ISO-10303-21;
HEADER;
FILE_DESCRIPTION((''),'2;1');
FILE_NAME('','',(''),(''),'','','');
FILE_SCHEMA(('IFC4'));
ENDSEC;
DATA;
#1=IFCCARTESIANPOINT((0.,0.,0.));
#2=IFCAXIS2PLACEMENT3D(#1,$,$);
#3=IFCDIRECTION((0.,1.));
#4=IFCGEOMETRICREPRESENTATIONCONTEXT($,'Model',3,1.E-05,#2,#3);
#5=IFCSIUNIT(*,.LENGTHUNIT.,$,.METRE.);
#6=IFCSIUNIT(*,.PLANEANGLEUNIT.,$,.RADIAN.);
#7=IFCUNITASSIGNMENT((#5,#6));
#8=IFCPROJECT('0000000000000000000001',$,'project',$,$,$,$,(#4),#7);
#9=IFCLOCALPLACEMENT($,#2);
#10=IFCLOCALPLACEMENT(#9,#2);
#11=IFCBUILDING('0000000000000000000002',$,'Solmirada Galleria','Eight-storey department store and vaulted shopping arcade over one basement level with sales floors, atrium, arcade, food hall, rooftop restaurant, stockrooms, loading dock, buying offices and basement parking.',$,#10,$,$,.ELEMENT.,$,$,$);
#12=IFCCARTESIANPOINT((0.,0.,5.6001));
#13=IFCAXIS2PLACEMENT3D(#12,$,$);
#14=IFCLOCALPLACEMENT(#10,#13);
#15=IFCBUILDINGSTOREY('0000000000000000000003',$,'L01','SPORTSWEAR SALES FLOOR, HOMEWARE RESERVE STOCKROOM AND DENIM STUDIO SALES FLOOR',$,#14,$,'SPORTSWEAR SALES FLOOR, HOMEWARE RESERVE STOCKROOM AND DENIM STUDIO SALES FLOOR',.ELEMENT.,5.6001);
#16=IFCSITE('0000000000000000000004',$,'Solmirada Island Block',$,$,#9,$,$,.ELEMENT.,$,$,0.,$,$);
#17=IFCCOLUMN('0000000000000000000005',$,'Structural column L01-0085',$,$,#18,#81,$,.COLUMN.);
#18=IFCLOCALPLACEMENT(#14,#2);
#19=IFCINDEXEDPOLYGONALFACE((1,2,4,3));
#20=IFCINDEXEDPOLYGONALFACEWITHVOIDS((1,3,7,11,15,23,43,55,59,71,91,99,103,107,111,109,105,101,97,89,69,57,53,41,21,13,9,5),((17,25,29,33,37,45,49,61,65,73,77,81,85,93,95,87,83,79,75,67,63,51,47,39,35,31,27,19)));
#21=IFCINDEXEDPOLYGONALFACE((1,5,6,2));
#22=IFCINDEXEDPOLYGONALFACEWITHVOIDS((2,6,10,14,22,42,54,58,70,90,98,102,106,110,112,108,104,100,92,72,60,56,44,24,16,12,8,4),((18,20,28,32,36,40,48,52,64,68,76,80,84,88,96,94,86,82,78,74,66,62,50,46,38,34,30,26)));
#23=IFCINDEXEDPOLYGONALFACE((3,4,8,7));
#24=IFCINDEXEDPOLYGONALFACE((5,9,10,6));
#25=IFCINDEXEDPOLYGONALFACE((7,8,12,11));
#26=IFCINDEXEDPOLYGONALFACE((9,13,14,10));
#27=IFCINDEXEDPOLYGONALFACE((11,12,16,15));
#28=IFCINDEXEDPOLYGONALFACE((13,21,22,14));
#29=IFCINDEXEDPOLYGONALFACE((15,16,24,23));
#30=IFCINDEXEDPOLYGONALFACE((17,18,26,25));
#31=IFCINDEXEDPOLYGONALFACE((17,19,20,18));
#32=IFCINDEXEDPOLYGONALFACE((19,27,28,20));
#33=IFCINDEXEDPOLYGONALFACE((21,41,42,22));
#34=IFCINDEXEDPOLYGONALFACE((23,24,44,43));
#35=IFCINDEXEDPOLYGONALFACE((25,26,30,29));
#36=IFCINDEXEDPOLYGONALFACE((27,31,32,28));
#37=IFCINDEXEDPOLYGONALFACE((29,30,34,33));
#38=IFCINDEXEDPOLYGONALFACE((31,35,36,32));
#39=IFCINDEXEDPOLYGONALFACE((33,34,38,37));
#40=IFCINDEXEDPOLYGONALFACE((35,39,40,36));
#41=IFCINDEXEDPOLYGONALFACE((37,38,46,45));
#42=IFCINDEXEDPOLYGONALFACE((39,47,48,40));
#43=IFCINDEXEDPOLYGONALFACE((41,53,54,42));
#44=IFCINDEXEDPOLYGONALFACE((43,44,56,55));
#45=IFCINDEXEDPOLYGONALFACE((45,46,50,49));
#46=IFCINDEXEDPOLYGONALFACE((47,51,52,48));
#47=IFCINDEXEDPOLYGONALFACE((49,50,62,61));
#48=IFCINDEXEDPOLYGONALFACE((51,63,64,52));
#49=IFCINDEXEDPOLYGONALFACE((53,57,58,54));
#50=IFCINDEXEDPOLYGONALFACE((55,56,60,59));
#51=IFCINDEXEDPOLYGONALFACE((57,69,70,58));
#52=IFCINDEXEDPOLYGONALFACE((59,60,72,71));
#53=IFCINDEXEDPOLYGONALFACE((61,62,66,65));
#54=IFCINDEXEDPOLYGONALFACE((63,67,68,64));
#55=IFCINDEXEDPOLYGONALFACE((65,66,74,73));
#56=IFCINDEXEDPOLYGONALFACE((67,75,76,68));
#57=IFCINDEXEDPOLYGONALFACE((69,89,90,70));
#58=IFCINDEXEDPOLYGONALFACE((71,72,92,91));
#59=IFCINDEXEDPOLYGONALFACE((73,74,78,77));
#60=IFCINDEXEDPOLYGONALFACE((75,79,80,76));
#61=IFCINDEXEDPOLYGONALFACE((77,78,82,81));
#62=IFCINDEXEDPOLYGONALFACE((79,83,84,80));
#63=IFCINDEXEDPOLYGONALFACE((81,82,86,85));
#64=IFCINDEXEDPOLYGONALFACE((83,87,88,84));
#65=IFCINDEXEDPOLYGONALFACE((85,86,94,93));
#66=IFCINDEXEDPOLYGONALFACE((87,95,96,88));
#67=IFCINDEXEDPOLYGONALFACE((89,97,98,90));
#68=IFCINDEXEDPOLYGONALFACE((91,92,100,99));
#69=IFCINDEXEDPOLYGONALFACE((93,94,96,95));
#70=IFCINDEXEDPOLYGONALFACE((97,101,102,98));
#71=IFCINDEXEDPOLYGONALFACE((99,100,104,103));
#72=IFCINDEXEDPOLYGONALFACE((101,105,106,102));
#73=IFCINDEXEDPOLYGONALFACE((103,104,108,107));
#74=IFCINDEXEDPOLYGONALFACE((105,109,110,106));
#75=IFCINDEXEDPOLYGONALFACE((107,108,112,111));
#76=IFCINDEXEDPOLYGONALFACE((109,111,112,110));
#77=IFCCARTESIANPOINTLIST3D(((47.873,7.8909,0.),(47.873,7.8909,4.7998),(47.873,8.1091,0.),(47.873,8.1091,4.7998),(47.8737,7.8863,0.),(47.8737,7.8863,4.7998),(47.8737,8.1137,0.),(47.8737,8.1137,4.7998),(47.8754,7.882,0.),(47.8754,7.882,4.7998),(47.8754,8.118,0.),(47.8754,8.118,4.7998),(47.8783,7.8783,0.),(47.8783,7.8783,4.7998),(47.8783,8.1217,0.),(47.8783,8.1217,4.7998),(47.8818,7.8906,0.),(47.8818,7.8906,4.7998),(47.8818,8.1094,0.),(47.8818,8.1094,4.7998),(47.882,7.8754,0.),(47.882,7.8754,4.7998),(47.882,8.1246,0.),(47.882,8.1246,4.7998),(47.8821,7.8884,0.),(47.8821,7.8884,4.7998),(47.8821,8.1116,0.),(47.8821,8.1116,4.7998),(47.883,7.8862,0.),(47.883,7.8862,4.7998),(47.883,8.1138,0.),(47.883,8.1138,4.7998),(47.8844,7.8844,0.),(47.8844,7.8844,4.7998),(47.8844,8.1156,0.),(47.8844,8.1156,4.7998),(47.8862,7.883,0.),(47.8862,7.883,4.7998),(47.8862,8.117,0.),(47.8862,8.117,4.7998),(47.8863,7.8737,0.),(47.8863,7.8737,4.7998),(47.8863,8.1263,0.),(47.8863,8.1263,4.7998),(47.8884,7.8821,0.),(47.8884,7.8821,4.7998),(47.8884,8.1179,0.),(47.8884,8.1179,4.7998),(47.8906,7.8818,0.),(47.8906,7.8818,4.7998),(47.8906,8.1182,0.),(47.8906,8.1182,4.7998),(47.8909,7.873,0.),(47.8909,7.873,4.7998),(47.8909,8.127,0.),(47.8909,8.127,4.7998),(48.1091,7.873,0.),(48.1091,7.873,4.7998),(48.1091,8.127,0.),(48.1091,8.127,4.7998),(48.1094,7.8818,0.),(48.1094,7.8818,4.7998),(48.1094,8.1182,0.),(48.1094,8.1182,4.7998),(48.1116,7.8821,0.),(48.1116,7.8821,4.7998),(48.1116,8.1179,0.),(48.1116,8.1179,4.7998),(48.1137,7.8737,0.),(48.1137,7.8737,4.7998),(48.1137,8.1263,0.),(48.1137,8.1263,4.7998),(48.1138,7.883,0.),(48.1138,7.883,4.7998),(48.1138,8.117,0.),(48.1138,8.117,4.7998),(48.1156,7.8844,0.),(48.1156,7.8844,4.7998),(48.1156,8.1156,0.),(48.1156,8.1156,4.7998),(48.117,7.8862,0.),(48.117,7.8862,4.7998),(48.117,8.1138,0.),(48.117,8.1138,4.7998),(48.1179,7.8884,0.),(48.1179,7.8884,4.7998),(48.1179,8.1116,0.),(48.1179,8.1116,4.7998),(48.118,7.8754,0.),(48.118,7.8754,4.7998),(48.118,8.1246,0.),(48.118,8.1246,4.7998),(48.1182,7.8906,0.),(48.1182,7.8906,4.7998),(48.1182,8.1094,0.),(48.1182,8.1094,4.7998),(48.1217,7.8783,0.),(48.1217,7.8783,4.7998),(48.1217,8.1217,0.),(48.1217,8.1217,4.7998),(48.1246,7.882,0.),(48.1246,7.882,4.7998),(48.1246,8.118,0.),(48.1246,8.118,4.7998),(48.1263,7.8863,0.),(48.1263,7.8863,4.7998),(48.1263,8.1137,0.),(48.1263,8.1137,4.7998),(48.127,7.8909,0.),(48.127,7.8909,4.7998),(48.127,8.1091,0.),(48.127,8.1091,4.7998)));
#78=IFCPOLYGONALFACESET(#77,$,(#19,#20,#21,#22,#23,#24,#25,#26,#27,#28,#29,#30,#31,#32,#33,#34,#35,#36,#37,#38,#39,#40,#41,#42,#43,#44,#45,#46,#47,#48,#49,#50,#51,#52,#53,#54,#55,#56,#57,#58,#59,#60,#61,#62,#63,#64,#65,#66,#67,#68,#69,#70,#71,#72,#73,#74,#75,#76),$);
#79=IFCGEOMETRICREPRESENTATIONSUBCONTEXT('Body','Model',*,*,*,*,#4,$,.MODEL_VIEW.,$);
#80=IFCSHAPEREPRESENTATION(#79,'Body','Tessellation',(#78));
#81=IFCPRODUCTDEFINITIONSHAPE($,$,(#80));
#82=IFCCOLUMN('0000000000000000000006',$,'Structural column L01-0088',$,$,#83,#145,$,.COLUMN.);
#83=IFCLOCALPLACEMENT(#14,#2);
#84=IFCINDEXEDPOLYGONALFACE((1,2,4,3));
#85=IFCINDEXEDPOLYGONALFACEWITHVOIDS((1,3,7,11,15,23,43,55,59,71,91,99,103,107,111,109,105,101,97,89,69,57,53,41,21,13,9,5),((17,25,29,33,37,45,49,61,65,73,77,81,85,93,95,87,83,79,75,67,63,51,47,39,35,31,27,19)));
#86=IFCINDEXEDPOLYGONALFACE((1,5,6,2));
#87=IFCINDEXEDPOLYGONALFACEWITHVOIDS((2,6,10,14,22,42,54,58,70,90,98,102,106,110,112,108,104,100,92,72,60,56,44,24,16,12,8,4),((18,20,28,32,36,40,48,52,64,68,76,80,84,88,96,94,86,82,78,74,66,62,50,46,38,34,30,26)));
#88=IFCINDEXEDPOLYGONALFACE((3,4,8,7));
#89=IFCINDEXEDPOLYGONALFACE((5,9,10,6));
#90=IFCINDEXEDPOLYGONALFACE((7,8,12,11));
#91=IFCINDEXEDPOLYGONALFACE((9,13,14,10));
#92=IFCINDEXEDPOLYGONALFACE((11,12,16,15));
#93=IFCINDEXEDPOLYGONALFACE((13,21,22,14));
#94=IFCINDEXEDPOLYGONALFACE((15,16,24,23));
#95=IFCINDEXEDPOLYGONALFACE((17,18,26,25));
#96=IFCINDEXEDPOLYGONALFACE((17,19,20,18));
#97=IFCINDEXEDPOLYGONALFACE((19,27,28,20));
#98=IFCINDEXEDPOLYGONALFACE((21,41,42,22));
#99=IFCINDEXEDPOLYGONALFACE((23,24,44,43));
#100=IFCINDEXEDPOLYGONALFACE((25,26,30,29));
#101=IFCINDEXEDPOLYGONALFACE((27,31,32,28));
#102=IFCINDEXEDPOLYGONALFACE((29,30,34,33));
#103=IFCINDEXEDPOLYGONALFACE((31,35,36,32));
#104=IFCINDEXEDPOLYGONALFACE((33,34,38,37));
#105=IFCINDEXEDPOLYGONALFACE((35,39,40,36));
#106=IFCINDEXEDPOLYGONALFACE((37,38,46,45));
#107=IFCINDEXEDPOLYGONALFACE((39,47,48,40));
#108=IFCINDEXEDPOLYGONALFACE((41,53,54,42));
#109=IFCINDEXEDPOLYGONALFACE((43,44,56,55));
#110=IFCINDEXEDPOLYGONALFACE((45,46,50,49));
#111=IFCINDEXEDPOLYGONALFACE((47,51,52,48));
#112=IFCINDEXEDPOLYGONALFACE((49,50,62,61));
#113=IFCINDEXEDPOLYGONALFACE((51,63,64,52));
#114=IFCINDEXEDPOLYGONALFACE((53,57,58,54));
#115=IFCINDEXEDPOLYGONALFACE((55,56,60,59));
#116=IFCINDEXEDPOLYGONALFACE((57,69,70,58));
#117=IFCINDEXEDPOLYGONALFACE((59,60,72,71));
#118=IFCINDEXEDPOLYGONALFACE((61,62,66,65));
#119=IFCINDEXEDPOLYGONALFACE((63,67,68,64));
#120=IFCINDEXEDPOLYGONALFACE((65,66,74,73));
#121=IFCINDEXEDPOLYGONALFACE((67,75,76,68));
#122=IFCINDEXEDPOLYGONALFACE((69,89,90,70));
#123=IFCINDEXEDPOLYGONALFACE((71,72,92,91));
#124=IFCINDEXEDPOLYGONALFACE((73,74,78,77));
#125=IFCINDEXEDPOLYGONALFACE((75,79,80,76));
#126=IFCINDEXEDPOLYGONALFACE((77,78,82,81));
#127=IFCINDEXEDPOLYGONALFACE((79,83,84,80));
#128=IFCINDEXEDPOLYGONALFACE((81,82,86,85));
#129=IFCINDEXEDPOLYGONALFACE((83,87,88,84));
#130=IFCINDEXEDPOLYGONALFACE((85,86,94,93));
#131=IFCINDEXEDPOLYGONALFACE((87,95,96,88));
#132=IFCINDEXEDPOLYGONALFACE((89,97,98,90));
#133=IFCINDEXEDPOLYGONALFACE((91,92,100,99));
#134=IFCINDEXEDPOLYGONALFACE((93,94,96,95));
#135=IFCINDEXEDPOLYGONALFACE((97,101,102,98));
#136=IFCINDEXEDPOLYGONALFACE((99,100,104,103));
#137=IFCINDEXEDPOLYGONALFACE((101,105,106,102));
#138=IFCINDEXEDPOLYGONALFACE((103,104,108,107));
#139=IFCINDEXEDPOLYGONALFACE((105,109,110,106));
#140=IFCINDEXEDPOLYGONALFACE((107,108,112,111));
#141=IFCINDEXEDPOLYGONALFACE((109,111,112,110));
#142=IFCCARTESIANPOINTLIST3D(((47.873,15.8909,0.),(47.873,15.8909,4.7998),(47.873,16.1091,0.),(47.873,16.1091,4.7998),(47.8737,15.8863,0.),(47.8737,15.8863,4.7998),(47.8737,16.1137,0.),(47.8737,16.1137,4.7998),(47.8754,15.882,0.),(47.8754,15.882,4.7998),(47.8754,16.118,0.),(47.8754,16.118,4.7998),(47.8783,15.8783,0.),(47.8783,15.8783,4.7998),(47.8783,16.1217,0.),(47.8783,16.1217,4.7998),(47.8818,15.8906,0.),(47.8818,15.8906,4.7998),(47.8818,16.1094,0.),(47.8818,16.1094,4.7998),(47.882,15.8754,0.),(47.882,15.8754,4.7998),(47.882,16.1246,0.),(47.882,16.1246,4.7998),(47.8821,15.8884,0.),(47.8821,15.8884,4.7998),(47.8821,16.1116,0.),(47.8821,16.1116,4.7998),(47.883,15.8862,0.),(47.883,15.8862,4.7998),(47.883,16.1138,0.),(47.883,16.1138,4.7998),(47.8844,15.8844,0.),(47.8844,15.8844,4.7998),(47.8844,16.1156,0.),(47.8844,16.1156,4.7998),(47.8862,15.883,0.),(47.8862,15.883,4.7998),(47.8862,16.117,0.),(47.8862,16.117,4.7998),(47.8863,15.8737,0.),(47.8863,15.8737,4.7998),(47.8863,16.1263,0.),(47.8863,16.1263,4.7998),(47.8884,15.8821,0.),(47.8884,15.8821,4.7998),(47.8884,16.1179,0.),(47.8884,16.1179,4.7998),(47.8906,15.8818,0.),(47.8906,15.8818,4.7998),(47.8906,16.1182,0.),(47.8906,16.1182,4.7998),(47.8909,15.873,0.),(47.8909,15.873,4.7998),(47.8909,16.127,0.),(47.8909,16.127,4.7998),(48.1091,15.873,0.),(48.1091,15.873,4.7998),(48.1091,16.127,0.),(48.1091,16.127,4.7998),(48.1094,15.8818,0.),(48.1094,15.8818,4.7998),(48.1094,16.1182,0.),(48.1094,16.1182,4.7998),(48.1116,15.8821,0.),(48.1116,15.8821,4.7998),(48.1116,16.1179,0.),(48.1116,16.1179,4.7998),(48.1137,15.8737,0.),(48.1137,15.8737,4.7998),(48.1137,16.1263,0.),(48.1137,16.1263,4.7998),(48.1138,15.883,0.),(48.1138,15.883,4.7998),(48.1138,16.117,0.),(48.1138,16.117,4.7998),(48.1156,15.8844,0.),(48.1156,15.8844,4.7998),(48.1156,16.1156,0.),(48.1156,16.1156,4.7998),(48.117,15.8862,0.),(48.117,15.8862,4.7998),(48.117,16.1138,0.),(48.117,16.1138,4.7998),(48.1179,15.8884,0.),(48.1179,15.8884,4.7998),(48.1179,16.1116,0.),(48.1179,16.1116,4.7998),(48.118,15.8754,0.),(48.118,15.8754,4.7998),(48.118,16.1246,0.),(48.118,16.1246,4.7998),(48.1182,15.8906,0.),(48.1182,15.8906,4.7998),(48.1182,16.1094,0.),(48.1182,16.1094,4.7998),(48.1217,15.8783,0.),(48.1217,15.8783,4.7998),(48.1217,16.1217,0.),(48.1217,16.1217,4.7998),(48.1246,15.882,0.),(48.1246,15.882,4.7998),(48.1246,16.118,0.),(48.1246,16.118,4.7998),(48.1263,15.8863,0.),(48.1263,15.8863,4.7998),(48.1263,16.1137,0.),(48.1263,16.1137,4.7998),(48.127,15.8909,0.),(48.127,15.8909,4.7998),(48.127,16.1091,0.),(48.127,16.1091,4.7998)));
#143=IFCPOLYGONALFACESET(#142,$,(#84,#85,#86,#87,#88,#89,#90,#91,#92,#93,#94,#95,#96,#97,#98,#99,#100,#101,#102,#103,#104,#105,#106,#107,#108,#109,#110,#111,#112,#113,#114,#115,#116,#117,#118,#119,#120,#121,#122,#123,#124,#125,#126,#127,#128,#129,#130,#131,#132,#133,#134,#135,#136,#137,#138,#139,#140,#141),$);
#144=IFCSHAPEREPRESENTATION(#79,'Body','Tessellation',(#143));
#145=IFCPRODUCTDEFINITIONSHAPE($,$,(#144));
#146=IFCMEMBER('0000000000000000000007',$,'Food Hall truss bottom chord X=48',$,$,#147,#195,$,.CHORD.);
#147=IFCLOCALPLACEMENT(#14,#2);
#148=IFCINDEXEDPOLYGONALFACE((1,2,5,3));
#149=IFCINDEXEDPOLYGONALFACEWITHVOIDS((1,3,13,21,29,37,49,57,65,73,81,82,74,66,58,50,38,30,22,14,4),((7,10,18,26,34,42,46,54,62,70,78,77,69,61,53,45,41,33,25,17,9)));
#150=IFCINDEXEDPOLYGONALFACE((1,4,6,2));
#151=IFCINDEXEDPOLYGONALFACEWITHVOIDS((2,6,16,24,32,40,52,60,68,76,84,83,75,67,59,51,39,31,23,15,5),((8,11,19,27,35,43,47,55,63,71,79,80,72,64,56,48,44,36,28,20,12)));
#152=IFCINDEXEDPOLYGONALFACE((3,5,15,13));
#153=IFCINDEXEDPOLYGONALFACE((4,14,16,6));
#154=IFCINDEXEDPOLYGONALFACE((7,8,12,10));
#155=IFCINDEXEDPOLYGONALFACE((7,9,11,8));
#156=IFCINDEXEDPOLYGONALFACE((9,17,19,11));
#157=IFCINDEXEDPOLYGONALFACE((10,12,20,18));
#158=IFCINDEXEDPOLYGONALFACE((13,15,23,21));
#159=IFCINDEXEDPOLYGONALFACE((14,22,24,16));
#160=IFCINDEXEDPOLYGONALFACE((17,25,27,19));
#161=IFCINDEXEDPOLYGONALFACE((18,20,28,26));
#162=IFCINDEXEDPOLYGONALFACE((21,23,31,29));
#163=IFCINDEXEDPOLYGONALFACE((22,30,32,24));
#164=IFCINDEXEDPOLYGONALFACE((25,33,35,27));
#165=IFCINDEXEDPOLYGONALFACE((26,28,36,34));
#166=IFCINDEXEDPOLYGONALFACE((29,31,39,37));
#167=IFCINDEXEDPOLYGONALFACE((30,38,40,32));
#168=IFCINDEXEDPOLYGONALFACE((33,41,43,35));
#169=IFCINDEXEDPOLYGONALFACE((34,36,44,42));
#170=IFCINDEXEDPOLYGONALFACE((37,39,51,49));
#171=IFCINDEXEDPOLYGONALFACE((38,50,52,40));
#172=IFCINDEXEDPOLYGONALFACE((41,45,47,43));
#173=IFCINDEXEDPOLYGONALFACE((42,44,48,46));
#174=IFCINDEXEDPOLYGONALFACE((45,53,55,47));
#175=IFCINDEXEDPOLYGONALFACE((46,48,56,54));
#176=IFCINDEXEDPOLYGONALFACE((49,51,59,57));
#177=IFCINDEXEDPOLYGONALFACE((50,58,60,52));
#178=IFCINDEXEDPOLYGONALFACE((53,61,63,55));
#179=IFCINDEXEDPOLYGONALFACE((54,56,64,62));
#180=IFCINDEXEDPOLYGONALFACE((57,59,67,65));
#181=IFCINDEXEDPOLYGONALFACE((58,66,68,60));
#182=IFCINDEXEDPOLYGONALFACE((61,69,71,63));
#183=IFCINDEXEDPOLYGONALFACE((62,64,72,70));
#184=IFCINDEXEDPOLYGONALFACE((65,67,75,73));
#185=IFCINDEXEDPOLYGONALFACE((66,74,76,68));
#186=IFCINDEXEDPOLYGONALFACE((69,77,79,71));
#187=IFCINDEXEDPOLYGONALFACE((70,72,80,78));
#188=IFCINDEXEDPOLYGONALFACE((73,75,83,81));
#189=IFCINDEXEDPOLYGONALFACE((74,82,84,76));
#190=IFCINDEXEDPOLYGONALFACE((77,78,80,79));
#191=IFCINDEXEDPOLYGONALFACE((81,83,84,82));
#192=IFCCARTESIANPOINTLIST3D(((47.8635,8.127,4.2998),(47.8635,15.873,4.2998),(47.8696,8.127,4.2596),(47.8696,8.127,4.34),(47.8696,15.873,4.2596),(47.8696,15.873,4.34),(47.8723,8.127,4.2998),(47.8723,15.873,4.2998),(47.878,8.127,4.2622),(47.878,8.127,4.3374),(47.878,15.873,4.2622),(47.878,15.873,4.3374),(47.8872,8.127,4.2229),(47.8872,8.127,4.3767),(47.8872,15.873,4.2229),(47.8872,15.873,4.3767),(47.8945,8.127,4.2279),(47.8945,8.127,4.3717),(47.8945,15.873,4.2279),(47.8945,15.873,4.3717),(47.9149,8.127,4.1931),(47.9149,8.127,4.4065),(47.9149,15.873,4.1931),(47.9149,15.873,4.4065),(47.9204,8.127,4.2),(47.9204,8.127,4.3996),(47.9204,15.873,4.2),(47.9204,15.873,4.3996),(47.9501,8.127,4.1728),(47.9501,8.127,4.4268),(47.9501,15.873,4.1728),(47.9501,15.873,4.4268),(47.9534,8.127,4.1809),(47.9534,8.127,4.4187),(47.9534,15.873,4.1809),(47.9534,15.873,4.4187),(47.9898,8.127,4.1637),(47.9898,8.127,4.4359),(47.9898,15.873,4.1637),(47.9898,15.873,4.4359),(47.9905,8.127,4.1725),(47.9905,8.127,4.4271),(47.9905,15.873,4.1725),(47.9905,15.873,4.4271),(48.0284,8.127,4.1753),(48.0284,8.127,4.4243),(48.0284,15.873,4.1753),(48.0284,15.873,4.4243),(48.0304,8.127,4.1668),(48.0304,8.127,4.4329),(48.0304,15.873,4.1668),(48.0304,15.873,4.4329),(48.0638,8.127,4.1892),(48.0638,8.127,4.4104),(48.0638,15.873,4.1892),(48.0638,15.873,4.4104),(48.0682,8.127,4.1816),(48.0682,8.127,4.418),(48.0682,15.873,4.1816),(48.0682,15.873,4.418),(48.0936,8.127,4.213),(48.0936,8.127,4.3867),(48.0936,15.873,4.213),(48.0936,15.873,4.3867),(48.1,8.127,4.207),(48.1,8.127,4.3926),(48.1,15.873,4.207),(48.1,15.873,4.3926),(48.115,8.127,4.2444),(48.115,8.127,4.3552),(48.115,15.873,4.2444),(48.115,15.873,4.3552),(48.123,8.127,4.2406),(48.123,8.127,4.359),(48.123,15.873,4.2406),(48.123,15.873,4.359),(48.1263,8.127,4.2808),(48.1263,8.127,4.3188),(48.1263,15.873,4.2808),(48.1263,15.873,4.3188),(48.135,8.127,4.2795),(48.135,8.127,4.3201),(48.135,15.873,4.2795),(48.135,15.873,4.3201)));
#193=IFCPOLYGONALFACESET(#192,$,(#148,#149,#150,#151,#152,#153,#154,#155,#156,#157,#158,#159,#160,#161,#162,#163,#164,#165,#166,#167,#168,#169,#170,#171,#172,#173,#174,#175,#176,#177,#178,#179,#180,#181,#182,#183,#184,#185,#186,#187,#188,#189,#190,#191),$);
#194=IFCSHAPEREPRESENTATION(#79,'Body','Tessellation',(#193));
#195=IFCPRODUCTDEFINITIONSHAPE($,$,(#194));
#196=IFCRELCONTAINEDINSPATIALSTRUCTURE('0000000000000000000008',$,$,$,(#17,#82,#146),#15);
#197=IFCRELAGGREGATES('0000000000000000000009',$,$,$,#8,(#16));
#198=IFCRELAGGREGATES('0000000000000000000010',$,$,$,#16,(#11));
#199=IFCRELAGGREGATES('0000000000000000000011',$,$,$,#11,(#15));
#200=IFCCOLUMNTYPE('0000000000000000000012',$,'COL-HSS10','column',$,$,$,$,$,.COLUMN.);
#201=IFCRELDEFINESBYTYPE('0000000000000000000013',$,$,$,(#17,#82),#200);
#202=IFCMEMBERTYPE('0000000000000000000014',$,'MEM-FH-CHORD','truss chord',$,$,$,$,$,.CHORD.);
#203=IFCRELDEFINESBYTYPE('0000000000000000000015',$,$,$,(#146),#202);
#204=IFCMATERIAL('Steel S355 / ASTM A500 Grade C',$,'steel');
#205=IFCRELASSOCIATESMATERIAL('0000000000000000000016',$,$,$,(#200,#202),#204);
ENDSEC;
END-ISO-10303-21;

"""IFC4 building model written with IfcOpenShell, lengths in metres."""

from ifc_helpers import new_model, si_unit, direction, frame, origin, origin_2d, place, context, subcontext, project, spatial, hollow_rectangle, hollow_circle, extrude, material, material_profile, profile_set, type_object, element, save


model = new_model("IFC4")

# Units and contexts
model_context = context("Model", 3, precision=1e-05, world=origin(), true_north=direction((0.0, 1.0)))
body_context = subcontext(model_context, "Body", "Model", "MODEL_VIEW")
ifc_project = project(units=[si_unit("LENGTHUNIT", "METRE"), si_unit("PLANEANGLEUNIT", "RADIAN")], contexts=[model_context])

# Site, building, storey
site_placement = place(None, origin())
site = spatial("IfcSite", under=ifc_project, at=site_placement, Name="Solmirada Island Block", CompositionType="ELEMENT", RefElevation=0.0)
building_placement = place(site_placement, origin())
building = spatial("IfcBuilding", under=site, at=building_placement, Name="Solmirada Galleria", Description="Eight-storey department store and vaulted shopping arcade over one basement level with sales floors, atrium, arcade, food hall, rooftop restaurant, stockrooms, loading dock, buying offices and basement parking.", CompositionType="ELEMENT")
storey_placement = place(building_placement, frame((0.0, 0.0, 5.6001)))
storey = spatial("IfcBuildingStorey", under=building, at=storey_placement, Name="L01", Description="SPORTSWEAR SALES FLOOR, HOMEWARE RESERVE STOCKROOM AND DENIM STUDIO SALES FLOOR", LongName="SPORTSWEAR SALES FLOOR, HOMEWARE RESERVE STOCKROOM AND DENIM STUDIO SALES FLOOR", CompositionType="ELEMENT", Elevation=5.6001)

# Columns
ifc_material_1 = material(Name="Steel S355 / ASTM A500 Grade C", Category="steel")
ifc_material_profile_1 = material_profile(ifc_material_1, hollow_rectangle(XDim=0.2539, YDim=0.2539, WallThickness=0.0088, InnerFilletRadius=0.0088, OuterFilletRadius=0.0178, at=origin_2d()), Name="HSS10X10X3/8")
ifc_profile_set_1 = profile_set([ifc_material_profile_1], Name="Steel S355 / ASTM A500 Grade C")
column_type = type_object("IfcColumnType", Name="COL-HSS10", Description="column", PredefinedType="COLUMN", material=ifc_profile_set_1)
for number, where, z_axis, x_axis, name in (
    (1, (48.0, 8.0, 0.0), (0.0, 0.0, 1.0), (1.0, 0.0, 0.0), "Structural column L01-0085"),
    (2, (48.0, 16.0, 0.0), (0.0, 0.0, 1.0), (1.0, 0.0, 0.0), "Structural column L01-0088"),
):
    element("IfcColumn", number, at=place(storey_placement, frame(where, z_axis=z_axis, x_axis=x_axis)), inside=storey, type_object=column_type, Name=name, PredefinedType="COLUMN", context=body_context, shape_type="SweptSolid", body=[
        extrude(hollow_rectangle(XDim=0.2539, YDim=0.2539, WallThickness=0.0088, InnerFilletRadius=0.0088, OuterFilletRadius=0.0178, at=origin_2d()), origin(), (0.0, 0.0, 1.0), 4.7998),
    ])

# Member
ifc_material_profile_2 = material_profile(ifc_material_1, hollow_circle(Radius=0.1365, WallThickness=0.0088, at=origin_2d()), Name="HSS10.750X0.375")
ifc_profile_set_2 = profile_set([ifc_material_profile_2], Name="Steel S355 / ASTM A500 Grade C")
member_type_1 = type_object("IfcMemberType", Name="MEM-FH-CHORD", Description="truss chord", PredefinedType="CHORD", material=ifc_profile_set_2)
member_1_placement = place(storey_placement, frame((48.0, 8.127, 4.2998), z_axis=(0.0, 1.0, 0.0), x_axis=(-1.0, 0.0, 0.0)))
element("IfcMember", 3, at=member_1_placement, inside=storey, type_object=member_type_1, Name="Food Hall truss bottom chord X=48", PredefinedType="CHORD", context=body_context, shape_type="SweptSolid", body=[
    extrude(hollow_circle(Radius=0.1365, WallThickness=0.0088, at=origin_2d()), origin(), (0.0, 0.0, 1.0), 7.7461),
])

save(model, "model.ifc")
